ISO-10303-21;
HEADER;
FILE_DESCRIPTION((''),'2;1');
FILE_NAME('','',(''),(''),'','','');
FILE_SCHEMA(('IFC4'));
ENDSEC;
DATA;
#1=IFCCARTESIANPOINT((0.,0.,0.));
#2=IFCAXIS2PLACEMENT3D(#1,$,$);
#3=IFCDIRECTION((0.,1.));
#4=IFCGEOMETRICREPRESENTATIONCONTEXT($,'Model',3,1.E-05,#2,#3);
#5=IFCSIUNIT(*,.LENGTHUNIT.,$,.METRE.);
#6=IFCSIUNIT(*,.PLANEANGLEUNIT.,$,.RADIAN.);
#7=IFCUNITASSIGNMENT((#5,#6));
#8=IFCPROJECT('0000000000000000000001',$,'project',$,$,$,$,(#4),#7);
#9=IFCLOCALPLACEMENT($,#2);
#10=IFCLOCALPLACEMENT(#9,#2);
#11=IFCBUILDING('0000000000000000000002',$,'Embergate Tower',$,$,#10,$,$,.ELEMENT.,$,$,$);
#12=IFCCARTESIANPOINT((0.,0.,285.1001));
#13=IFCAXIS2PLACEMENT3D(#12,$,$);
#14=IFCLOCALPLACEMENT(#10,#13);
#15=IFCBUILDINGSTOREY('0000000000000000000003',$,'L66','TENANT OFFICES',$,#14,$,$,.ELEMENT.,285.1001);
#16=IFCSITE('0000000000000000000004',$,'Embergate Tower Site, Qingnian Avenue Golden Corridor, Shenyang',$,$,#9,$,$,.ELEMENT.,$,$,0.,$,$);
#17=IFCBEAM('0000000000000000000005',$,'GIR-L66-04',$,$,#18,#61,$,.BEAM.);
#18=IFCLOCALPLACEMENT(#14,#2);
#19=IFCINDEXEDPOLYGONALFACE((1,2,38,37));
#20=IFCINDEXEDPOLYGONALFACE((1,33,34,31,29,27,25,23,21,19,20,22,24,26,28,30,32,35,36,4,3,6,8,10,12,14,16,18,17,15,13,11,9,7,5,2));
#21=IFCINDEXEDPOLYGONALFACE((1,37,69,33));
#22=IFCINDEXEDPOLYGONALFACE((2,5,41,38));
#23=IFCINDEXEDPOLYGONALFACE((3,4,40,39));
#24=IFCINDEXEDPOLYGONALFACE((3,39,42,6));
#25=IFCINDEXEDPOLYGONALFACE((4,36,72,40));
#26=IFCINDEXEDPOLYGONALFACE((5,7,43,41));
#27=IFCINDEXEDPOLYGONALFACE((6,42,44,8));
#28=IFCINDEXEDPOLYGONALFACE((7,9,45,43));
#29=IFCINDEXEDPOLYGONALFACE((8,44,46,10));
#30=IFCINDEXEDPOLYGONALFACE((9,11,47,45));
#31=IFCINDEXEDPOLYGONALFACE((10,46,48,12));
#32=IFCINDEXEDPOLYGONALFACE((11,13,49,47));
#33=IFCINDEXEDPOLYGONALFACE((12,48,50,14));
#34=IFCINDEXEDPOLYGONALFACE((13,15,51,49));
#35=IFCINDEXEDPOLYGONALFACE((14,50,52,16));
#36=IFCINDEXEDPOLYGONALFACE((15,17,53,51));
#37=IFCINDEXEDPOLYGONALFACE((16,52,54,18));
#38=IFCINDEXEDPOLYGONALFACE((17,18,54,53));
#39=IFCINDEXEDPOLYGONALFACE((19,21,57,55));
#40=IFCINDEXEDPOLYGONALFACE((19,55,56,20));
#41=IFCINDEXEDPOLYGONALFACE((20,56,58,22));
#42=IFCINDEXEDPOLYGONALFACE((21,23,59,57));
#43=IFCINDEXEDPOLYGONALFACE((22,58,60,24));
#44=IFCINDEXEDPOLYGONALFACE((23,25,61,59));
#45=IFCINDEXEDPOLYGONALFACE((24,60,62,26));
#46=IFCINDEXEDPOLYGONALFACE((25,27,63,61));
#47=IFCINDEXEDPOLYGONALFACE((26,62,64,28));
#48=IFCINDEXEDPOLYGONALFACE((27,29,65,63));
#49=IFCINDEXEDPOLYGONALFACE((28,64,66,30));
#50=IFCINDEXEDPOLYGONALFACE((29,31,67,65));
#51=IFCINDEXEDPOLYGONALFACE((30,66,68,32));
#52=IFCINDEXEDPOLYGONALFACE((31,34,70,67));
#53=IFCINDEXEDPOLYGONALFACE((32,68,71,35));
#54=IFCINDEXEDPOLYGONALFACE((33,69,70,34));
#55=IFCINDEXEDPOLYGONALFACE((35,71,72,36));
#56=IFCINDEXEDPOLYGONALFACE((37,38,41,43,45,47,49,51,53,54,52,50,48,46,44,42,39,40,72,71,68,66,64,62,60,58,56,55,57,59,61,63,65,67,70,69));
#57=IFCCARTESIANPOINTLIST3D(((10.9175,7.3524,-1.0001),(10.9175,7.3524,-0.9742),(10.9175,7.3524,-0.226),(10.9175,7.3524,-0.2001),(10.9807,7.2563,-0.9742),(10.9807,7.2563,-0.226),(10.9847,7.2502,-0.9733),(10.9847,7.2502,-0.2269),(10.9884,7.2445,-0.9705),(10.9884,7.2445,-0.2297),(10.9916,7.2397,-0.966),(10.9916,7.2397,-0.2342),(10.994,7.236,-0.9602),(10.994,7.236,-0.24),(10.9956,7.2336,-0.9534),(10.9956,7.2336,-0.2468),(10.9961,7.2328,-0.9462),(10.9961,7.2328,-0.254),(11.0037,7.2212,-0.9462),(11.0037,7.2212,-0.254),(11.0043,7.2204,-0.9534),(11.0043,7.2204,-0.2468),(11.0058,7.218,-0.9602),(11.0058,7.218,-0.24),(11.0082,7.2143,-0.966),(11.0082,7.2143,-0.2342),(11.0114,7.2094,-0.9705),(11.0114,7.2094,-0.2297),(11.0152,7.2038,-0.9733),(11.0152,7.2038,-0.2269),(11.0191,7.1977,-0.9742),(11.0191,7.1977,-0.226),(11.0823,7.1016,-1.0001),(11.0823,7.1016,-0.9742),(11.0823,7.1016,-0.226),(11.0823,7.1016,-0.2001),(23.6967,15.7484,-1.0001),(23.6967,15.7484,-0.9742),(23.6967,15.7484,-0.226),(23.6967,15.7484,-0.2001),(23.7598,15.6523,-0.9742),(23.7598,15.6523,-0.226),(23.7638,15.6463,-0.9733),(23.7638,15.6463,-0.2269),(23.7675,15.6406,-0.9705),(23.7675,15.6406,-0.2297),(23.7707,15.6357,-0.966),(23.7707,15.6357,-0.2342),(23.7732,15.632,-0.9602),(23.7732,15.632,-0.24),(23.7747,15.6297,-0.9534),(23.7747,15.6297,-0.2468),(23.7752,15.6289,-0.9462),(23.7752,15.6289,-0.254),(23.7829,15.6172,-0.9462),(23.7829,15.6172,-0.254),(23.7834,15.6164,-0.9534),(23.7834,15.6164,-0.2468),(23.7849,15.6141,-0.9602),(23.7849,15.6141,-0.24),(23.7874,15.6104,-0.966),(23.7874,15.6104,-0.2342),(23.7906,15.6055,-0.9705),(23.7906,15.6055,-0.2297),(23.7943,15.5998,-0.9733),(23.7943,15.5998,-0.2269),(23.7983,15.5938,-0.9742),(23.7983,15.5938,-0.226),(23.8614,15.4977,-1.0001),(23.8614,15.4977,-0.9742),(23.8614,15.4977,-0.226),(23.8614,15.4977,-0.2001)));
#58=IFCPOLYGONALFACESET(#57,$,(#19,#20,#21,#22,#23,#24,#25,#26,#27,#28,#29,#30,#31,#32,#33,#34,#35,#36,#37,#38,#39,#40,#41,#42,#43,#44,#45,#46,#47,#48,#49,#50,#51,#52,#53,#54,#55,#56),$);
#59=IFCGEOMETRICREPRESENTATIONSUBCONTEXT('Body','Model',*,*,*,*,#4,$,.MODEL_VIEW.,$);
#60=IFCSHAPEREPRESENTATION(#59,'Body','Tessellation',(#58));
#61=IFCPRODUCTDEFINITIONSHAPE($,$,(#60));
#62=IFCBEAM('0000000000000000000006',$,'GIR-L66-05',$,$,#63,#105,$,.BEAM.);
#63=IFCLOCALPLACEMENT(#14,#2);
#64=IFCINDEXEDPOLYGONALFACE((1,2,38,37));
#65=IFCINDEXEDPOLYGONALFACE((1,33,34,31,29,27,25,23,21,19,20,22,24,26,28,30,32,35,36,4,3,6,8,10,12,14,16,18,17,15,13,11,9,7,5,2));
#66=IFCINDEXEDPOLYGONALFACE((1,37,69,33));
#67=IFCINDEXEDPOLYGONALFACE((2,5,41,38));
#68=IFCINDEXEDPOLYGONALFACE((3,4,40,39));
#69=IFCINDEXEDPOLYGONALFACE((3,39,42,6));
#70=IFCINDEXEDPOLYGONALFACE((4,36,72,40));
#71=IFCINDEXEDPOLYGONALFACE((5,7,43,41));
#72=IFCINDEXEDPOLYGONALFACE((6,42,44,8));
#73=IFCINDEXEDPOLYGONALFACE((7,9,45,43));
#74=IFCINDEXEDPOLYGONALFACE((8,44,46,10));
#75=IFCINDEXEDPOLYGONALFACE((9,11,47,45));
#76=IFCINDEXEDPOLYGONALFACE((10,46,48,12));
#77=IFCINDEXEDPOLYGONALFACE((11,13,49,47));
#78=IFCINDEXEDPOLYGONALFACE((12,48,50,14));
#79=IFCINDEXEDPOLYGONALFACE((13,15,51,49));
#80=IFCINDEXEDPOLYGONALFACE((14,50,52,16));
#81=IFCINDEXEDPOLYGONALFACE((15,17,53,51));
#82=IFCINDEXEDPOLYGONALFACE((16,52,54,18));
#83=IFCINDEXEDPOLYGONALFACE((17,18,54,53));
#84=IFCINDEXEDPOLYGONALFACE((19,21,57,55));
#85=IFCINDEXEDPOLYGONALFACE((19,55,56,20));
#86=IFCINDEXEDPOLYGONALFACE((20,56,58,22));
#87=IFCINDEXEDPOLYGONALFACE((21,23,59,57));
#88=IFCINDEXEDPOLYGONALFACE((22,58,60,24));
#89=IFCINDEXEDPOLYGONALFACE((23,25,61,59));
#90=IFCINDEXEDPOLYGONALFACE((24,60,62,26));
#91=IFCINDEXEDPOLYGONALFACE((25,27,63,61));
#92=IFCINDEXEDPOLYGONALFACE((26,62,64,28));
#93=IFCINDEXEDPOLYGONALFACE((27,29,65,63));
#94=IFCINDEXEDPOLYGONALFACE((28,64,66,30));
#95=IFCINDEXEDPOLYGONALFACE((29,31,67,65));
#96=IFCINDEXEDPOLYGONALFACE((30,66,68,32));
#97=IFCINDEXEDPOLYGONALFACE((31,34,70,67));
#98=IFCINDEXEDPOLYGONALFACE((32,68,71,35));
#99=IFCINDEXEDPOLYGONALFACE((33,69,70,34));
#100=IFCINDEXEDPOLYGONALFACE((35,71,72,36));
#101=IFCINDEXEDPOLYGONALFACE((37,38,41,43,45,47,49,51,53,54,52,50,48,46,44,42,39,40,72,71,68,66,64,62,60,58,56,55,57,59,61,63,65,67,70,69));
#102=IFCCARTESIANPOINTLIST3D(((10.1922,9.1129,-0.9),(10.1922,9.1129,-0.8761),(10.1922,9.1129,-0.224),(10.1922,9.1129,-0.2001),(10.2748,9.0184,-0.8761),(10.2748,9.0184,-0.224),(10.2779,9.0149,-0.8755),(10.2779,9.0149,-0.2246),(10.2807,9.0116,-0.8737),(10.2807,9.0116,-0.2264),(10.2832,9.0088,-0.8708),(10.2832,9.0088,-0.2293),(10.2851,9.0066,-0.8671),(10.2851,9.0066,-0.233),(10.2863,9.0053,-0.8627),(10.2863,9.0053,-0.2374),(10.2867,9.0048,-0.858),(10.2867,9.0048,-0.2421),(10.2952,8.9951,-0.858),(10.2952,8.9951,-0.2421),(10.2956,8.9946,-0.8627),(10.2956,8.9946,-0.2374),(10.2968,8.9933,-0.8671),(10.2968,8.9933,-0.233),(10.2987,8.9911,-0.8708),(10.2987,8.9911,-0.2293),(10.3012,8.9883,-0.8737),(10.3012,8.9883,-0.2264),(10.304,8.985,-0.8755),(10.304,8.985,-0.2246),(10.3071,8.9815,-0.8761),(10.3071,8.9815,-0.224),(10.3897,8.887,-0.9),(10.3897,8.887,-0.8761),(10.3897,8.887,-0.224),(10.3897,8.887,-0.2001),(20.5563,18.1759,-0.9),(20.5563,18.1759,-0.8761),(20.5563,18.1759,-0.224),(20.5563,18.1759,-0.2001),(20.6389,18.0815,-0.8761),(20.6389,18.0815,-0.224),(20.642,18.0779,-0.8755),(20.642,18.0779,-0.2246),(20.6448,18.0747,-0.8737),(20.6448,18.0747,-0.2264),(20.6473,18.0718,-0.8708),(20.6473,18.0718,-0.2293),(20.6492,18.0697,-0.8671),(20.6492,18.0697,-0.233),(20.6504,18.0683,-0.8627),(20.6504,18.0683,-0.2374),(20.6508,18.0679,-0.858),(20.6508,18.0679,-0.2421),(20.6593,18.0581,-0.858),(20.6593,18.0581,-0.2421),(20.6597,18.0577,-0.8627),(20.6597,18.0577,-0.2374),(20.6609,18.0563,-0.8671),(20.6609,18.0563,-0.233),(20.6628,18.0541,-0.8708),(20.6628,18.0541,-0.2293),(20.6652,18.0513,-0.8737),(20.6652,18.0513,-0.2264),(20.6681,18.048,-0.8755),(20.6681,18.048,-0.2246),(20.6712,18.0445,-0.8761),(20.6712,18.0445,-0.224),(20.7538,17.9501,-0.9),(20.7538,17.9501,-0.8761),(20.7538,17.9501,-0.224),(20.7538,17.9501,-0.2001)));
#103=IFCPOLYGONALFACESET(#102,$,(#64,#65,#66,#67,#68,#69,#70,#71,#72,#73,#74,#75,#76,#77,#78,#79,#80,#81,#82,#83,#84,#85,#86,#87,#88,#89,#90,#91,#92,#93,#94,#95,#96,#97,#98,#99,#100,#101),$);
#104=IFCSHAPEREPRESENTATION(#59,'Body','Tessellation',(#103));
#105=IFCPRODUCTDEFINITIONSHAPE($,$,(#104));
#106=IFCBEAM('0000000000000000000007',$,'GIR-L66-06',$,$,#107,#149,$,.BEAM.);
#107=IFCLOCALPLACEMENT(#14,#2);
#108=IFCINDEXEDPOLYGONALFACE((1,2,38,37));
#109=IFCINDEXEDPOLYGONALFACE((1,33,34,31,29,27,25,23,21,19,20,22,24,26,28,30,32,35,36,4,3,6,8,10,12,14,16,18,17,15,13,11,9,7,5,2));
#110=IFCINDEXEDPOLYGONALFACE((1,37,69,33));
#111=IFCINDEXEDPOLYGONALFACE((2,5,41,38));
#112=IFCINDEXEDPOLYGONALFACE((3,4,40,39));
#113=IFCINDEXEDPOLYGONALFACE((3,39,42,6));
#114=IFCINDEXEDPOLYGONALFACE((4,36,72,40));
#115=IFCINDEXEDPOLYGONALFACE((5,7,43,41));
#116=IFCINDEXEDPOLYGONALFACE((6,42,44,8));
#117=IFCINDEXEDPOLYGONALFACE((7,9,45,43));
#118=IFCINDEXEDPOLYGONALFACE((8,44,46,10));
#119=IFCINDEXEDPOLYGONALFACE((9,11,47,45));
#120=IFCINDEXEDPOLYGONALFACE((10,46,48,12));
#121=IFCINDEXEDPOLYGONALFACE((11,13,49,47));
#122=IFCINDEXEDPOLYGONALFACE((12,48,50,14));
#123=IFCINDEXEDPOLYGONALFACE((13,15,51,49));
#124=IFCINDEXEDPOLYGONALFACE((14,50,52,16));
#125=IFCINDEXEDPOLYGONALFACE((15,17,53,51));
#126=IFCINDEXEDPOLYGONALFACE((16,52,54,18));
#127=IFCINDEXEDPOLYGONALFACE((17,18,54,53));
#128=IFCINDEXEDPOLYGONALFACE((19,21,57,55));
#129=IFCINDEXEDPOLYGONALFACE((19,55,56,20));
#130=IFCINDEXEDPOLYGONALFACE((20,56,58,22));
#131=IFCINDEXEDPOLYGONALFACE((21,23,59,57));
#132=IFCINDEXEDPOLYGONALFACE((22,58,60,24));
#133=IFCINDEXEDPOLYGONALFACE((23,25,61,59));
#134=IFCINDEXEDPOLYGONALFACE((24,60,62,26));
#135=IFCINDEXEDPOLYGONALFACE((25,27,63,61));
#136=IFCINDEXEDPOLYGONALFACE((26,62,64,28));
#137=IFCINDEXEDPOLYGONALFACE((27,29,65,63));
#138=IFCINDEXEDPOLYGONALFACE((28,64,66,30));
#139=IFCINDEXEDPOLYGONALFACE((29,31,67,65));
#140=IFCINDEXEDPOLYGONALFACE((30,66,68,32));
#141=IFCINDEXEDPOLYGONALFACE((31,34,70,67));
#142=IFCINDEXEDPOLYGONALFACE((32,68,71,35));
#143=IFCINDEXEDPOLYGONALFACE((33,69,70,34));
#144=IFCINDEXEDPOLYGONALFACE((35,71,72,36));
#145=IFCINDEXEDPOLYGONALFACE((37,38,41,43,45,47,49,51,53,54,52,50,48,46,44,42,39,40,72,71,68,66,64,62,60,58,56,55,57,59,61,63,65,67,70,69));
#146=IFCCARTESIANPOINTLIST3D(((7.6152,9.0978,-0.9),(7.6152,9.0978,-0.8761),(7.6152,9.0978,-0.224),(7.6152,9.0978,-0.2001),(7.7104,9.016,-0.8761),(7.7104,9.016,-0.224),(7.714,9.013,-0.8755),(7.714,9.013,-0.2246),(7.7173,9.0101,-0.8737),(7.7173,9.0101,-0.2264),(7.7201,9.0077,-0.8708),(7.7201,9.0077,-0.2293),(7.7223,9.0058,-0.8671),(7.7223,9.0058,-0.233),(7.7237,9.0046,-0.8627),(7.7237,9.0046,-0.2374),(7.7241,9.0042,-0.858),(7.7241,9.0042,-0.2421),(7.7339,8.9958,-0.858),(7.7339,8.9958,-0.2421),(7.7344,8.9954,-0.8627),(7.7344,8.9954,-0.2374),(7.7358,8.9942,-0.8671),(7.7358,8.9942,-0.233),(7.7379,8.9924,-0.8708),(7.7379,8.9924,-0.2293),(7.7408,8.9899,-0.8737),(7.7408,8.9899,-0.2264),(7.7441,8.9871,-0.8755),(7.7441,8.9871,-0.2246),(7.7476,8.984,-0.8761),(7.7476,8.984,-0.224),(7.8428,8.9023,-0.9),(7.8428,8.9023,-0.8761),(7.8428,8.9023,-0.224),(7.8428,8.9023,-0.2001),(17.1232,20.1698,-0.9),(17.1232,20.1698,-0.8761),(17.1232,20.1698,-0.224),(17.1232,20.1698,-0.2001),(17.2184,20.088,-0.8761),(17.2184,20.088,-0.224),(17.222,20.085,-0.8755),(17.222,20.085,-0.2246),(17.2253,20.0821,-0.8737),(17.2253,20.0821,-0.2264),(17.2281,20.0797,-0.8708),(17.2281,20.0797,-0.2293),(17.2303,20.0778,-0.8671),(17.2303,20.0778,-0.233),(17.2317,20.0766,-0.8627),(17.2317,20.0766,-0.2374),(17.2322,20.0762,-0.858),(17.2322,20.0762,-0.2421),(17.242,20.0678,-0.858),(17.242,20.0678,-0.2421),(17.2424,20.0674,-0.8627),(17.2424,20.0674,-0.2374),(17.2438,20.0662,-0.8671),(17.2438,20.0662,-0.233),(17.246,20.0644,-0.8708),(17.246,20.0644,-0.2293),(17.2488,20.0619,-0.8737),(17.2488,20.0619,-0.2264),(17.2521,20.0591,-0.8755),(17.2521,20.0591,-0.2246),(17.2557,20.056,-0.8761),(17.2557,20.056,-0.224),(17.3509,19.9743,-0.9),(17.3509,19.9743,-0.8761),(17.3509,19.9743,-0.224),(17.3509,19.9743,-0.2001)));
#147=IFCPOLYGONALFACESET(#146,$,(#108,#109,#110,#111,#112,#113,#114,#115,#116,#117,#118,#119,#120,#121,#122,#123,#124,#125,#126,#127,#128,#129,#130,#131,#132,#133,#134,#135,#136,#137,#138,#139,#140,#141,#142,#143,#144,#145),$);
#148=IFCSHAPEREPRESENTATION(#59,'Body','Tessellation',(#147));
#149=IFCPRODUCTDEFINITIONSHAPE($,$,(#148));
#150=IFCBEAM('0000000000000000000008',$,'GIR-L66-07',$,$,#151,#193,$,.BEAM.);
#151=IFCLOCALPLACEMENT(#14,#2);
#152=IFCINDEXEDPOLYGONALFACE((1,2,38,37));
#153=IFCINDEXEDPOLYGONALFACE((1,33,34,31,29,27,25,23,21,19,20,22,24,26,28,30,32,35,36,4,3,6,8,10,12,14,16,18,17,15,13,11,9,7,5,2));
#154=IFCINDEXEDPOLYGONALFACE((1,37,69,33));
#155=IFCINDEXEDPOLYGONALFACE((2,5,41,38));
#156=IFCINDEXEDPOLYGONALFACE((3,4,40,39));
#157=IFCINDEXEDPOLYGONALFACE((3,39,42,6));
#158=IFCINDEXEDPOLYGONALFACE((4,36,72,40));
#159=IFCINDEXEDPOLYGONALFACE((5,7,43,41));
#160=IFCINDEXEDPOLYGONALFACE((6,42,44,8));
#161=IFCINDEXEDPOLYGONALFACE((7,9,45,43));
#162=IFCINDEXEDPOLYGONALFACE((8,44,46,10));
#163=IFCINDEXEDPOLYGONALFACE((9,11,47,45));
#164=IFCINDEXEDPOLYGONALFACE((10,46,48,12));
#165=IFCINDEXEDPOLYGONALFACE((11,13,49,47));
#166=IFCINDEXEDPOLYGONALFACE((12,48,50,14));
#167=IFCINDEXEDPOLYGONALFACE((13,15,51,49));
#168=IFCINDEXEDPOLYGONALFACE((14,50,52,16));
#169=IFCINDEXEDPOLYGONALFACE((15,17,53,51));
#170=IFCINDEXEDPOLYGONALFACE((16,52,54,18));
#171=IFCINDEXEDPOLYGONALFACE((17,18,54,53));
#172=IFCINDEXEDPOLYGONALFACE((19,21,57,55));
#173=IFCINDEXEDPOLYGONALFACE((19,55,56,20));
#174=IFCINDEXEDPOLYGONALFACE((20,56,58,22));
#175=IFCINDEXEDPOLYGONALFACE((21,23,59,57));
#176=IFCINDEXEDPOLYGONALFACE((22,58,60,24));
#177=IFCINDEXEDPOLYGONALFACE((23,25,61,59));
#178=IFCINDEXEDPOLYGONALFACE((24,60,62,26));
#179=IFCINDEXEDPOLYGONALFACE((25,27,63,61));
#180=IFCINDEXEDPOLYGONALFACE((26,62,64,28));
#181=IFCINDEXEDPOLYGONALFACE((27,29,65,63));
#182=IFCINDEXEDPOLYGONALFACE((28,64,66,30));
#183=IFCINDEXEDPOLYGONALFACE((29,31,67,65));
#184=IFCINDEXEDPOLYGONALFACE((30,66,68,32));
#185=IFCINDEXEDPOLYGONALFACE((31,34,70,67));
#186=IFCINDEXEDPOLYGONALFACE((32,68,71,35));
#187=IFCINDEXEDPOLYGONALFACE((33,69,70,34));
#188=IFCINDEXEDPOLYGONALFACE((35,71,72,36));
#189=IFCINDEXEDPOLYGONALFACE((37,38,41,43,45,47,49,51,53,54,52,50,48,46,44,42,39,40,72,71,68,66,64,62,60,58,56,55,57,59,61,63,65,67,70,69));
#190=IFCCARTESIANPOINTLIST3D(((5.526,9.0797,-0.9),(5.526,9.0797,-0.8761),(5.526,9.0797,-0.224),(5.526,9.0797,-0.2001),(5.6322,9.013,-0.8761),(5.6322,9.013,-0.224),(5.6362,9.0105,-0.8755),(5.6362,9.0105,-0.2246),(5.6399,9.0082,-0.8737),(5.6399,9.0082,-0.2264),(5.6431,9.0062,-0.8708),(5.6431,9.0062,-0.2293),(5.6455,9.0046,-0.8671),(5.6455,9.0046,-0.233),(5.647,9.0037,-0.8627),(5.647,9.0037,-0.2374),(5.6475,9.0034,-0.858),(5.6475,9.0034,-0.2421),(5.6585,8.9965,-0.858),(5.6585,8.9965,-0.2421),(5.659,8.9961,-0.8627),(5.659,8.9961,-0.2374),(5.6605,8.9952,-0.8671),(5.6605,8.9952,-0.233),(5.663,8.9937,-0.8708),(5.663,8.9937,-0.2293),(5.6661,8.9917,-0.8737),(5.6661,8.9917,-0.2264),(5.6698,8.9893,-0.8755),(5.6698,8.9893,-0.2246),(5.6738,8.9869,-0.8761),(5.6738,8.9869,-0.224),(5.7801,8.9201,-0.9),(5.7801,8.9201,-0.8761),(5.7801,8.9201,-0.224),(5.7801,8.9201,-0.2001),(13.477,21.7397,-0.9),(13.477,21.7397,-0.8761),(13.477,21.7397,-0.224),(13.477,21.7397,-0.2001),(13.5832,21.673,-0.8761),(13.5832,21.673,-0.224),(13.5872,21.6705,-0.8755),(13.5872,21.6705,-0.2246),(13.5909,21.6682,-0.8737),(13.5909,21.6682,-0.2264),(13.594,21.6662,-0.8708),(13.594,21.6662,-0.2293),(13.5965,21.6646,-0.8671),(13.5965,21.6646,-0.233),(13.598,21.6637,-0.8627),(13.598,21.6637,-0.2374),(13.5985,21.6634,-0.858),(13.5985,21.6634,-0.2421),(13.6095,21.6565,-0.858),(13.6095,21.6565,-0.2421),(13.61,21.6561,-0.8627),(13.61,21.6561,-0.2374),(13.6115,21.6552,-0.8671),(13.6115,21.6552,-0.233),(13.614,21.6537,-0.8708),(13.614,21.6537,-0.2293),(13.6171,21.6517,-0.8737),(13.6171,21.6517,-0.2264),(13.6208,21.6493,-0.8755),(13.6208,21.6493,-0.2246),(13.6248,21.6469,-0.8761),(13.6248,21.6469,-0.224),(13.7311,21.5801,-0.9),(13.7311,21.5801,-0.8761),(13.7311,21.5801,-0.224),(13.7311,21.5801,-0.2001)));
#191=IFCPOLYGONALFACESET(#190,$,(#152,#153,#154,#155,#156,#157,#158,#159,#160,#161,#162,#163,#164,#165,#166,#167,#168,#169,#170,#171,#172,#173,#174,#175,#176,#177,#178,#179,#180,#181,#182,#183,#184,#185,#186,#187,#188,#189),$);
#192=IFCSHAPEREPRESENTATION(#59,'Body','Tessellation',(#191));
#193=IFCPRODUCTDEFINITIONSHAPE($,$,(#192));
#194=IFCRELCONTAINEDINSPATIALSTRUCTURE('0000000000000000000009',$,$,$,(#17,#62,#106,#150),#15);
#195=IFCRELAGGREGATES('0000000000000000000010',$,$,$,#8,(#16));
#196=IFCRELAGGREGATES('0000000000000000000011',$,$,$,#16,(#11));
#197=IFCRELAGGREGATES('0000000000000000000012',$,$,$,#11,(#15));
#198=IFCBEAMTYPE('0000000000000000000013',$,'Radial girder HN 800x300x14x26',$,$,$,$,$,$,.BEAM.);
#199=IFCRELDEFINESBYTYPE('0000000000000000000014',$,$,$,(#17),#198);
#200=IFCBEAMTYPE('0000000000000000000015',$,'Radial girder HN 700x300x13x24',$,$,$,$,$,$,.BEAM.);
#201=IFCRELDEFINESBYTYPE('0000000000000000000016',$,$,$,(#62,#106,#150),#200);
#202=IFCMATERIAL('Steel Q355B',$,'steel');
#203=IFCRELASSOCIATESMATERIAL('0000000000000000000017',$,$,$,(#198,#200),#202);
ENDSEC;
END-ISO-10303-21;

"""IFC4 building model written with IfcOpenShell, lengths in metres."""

from ifc_helpers import new_model, si_unit, direction, frame, origin, origin_2d, place, context, subcontext, project, spatial, i_section, extrude, source, transform, mapped, material, material_profile, profile_set, type_object, element, save


model = new_model("IFC4")

# Units and contexts
model_context = context("Model", 3, precision=1e-05, world=origin(), true_north=direction((0.0, 1.0)))
body_context = subcontext(model_context, "Body", "Model", "MODEL_VIEW")
ifc_project = project(units=[si_unit("LENGTHUNIT", "METRE"), si_unit("PLANEANGLEUNIT", "RADIAN")], contexts=[model_context])

# Site, building, storey
site_placement = place(None, origin())
site = spatial("IfcSite", under=ifc_project, at=site_placement, Name="Embergate Tower Site, Qingnian Avenue Golden Corridor, Shenyang", CompositionType="ELEMENT", RefElevation=0.0)
building_placement = place(site_placement, origin())
building = spatial("IfcBuilding", under=site, at=building_placement, Name="Embergate Tower", CompositionType="ELEMENT")
storey_placement = place(building_placement, frame((0.0, 0.0, 285.1001)))
storey = spatial("IfcBuildingStorey", under=building, at=storey_placement, Name="L66", Description="TENANT OFFICES", CompositionType="ELEMENT", Elevation=285.1001)

# Beams
ifc_material_1 = material(Name="Steel Q355B", Category="steel")
ifc_material_profile_1 = material_profile(ifc_material_1, i_section(OverallWidth=0.3, OverallDepth=0.8, WebThickness=0.0139, FlangeThickness=0.0259, FilletRadius=0.0281, at=origin_2d()), Name="HN 800x300x14x26")
ifc_profile_set_1 = profile_set([ifc_material_profile_1], Name="Steel Q355 grade B")
beam_type_1 = type_object("IfcBeamType", Name="Radial girder HN 800x300x14x26", PredefinedType="BEAM", material=ifc_profile_set_1)
shared_shape_1 = source(origin(), body_context, "Body", "SweptSolid", [
    extrude(i_section(OverallWidth=0.3, OverallDepth=0.8, WebThickness=0.0139, FlangeThickness=0.0259, FilletRadius=0.0281, at=origin_2d()), origin(), (0.0, 0.0, 1.0), 15.2905),
])
beam_1_placement = place(storey_placement, frame((23.7791, 15.623, -0.6001), z_axis=(-0.835756, -0.549102, 0.0), x_axis=(0.549102, -0.835756, 0.0)))
element("IfcBeam", 1, at=beam_1_placement, inside=storey, type_object=beam_type_1, Name="GIR-L66-04", PredefinedType="BEAM", context=body_context, shape_type="MappedRepresentation", body=[
    mapped(shared_shape_1, transform((0.0, 0.0, 0.0))),
])
ifc_material_profile_2 = material_profile(ifc_material_1, i_section(OverallWidth=0.3, OverallDepth=0.7, WebThickness=0.0129, FlangeThickness=0.0239, FilletRadius=0.0181, at=origin_2d()), Name="HN 700x300x13x24")
ifc_profile_set_2 = profile_set([ifc_material_profile_2], Name="Steel Q355 grade B")
beam_type_2 = type_object("IfcBeamType", Name="Radial girder HN 700x300x13x24", PredefinedType="BEAM", material=ifc_profile_set_2)
shared_shape_2 = source(origin(), body_context, "Body", "SweptSolid", [
    extrude(i_section(OverallWidth=0.3, OverallDepth=0.7, WebThickness=0.0129, FlangeThickness=0.0239, FilletRadius=0.0181, at=origin_2d()), origin(), (0.0, 0.0, 1.0), 13.7678),
])
beam_2_placement = place(storey_placement, frame((20.655, 18.063, -0.55), z_axis=(-0.752775, -0.658277, 0.0), x_axis=(0.658277, -0.752775, 0.0)))
element("IfcBeam", 2, at=beam_2_placement, inside=storey, type_object=beam_type_2, Name="GIR-L66-05", PredefinedType="BEAM", context=body_context, shape_type="MappedRepresentation", body=[
    mapped(shared_shape_2, transform((0.0, 0.0, 0.0))),
])
shared_shape_3 = source(origin(), body_context, "Body", "SweptSolid", [
    extrude(i_section(OverallWidth=0.3, OverallDepth=0.7, WebThickness=0.0129, FlangeThickness=0.0239, FilletRadius=0.0181, at=origin_2d()), origin(), (0.0, 0.0, 1.0), 14.5942),
])
beam_3_placement = place(storey_placement, frame((17.2371, 20.072, -0.55), z_axis=(-0.651492, -0.758655, 0.0), x_axis=(0.758655, -0.651492, 0.0)))
element("IfcBeam", 3, at=beam_3_placement, inside=storey, type_object=beam_type_2, Name="GIR-L66-06", PredefinedType="BEAM", context=body_context, shape_type="MappedRepresentation", body=[
    mapped(shared_shape_3, transform((0.0, 0.0, 0.0))),
])
shared_shape_4 = source(origin(), body_context, "Body", "SweptSolid", [
    extrude(i_section(OverallWidth=0.3, OverallDepth=0.7, WebThickness=0.0129, FlangeThickness=0.0239, FilletRadius=0.0181, at=origin_2d()), origin(), (0.0, 0.0, 1.0), 14.9497),
])
beam_4_placement = place(storey_placement, frame((13.604, 21.6599, -0.55), z_axis=(-0.531849, -0.846839, 0.0), x_axis=(0.846839, -0.531849, 0.0)))
element("IfcBeam", 4, at=beam_4_placement, inside=storey, type_object=beam_type_2, Name="GIR-L66-07", PredefinedType="BEAM", context=body_context, shape_type="MappedRepresentation", body=[
    mapped(shared_shape_4, transform((0.0, 0.0, 0.0))),
])

save(model, "model.ifc")
